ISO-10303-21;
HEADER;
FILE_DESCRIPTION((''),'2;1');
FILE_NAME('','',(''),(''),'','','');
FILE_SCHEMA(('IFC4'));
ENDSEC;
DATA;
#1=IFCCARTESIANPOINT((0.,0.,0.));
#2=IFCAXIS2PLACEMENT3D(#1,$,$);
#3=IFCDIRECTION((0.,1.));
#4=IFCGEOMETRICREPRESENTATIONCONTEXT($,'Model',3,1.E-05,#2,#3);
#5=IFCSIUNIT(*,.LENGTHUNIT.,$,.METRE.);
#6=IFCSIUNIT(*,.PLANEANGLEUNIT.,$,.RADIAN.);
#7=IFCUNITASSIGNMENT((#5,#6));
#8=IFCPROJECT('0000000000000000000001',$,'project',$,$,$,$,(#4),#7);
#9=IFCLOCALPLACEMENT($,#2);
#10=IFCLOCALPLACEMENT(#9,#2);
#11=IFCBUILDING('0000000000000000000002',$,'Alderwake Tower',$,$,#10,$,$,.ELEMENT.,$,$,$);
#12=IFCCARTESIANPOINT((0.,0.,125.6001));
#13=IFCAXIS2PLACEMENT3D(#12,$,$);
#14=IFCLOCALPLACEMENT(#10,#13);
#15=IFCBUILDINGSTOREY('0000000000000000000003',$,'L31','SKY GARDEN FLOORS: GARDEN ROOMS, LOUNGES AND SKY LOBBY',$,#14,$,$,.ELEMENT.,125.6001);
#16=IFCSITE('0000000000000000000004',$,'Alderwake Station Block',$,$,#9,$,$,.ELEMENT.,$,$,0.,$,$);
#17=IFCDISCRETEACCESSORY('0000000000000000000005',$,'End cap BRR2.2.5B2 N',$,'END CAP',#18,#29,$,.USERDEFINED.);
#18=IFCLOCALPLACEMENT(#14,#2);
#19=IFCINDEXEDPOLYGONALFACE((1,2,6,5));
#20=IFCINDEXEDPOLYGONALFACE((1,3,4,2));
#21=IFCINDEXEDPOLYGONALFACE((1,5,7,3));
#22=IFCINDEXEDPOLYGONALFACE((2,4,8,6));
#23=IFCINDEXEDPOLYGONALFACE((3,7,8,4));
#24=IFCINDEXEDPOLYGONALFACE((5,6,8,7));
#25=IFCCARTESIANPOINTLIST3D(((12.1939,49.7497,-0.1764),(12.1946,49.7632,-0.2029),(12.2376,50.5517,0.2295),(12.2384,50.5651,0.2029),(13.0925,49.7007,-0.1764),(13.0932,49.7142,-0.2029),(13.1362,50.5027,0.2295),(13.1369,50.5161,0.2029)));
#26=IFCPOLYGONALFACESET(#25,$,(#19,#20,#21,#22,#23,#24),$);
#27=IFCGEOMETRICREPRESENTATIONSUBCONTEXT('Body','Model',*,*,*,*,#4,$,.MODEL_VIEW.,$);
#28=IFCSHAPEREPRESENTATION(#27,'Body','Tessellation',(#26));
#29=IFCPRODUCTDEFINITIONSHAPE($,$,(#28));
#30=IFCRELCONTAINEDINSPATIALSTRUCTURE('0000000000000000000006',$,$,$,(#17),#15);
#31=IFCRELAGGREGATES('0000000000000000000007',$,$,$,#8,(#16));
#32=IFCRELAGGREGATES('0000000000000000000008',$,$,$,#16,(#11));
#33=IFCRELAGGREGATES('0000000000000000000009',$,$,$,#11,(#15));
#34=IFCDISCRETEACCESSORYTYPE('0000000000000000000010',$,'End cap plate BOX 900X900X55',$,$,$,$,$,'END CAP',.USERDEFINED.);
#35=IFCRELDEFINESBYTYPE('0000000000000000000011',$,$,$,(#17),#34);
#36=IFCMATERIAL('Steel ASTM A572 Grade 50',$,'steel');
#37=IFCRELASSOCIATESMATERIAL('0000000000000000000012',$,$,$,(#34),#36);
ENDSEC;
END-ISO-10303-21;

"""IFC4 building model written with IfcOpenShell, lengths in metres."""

from ifc_helpers import new_model, si_unit, direction, frame, origin, origin_2d, place, context, subcontext, project, spatial, rectangle, extrude, material, material_profile, profile_set, type_object, element, save


model = new_model("IFC4")

# Units and contexts
model_context = context("Model", 3, precision=1e-05, world=origin(), true_north=direction((0.0, 1.0)))
body_context = subcontext(model_context, "Body", "Model", "MODEL_VIEW")
ifc_project = project(units=[si_unit("LENGTHUNIT", "METRE"), si_unit("PLANEANGLEUNIT", "RADIAN")], contexts=[model_context])

# Site, building, storey
site_placement = place(None, origin())
site = spatial("IfcSite", under=ifc_project, at=site_placement, Name="Alderwake Station Block", CompositionType="ELEMENT", RefElevation=0.0)
building_placement = place(site_placement, origin())
building = spatial("IfcBuilding", under=site, at=building_placement, Name="Alderwake Tower", CompositionType="ELEMENT")
storey_placement = place(building_placement, frame((0.0, 0.0, 125.6001)))
storey = spatial("IfcBuildingStorey", under=building, at=storey_placement, Name="L31", Description="SKY GARDEN FLOORS: GARDEN ROOMS, LOUNGES AND SKY LOBBY", CompositionType="ELEMENT", Elevation=125.6001)

# Discrete accessory
ifc_material_1 = material(Name="Steel ASTM A572 Grade 50", Category="steel")
ifc_material_profile_1 = material_profile(ifc_material_1, rectangle(XDim=0.8999, YDim=0.8999, at=origin_2d()), Name="BOX 900X900X55 cap")
ifc_profile_set_1 = profile_set([ifc_material_profile_1], Name="Steel ASTM A572 Grade 50")
discrete_accessory_type = type_object("IfcDiscreteAccessoryType", Name="End cap plate BOX 900X900X55", ElementType="END CAP", PredefinedType="USERDEFINED", material=ifc_profile_set_1)
for number, where, z_axis, x_axis, name in (
    (1, (12.6658, 50.1396, 0.0), (-0.024565, -0.450351, 0.892514), (0.998516, -0.054464, 0.0), "End cap BRR2.2.5B2 N"),
):
    element("IfcDiscreteAccessory", number, at=place(storey_placement, frame(where, z_axis=z_axis, x_axis=x_axis)), inside=storey, type_object=discrete_accessory_type, Name=name, ObjectType="END CAP", PredefinedType="USERDEFINED", context=body_context, shape_type="SweptSolid", body=[
        extrude(rectangle(XDim=0.8999, YDim=0.8999, at=origin_2d()), origin(), (0.0, 0.0, 1.0), 0.0298),
    ])

save(model, "model.ifc")
